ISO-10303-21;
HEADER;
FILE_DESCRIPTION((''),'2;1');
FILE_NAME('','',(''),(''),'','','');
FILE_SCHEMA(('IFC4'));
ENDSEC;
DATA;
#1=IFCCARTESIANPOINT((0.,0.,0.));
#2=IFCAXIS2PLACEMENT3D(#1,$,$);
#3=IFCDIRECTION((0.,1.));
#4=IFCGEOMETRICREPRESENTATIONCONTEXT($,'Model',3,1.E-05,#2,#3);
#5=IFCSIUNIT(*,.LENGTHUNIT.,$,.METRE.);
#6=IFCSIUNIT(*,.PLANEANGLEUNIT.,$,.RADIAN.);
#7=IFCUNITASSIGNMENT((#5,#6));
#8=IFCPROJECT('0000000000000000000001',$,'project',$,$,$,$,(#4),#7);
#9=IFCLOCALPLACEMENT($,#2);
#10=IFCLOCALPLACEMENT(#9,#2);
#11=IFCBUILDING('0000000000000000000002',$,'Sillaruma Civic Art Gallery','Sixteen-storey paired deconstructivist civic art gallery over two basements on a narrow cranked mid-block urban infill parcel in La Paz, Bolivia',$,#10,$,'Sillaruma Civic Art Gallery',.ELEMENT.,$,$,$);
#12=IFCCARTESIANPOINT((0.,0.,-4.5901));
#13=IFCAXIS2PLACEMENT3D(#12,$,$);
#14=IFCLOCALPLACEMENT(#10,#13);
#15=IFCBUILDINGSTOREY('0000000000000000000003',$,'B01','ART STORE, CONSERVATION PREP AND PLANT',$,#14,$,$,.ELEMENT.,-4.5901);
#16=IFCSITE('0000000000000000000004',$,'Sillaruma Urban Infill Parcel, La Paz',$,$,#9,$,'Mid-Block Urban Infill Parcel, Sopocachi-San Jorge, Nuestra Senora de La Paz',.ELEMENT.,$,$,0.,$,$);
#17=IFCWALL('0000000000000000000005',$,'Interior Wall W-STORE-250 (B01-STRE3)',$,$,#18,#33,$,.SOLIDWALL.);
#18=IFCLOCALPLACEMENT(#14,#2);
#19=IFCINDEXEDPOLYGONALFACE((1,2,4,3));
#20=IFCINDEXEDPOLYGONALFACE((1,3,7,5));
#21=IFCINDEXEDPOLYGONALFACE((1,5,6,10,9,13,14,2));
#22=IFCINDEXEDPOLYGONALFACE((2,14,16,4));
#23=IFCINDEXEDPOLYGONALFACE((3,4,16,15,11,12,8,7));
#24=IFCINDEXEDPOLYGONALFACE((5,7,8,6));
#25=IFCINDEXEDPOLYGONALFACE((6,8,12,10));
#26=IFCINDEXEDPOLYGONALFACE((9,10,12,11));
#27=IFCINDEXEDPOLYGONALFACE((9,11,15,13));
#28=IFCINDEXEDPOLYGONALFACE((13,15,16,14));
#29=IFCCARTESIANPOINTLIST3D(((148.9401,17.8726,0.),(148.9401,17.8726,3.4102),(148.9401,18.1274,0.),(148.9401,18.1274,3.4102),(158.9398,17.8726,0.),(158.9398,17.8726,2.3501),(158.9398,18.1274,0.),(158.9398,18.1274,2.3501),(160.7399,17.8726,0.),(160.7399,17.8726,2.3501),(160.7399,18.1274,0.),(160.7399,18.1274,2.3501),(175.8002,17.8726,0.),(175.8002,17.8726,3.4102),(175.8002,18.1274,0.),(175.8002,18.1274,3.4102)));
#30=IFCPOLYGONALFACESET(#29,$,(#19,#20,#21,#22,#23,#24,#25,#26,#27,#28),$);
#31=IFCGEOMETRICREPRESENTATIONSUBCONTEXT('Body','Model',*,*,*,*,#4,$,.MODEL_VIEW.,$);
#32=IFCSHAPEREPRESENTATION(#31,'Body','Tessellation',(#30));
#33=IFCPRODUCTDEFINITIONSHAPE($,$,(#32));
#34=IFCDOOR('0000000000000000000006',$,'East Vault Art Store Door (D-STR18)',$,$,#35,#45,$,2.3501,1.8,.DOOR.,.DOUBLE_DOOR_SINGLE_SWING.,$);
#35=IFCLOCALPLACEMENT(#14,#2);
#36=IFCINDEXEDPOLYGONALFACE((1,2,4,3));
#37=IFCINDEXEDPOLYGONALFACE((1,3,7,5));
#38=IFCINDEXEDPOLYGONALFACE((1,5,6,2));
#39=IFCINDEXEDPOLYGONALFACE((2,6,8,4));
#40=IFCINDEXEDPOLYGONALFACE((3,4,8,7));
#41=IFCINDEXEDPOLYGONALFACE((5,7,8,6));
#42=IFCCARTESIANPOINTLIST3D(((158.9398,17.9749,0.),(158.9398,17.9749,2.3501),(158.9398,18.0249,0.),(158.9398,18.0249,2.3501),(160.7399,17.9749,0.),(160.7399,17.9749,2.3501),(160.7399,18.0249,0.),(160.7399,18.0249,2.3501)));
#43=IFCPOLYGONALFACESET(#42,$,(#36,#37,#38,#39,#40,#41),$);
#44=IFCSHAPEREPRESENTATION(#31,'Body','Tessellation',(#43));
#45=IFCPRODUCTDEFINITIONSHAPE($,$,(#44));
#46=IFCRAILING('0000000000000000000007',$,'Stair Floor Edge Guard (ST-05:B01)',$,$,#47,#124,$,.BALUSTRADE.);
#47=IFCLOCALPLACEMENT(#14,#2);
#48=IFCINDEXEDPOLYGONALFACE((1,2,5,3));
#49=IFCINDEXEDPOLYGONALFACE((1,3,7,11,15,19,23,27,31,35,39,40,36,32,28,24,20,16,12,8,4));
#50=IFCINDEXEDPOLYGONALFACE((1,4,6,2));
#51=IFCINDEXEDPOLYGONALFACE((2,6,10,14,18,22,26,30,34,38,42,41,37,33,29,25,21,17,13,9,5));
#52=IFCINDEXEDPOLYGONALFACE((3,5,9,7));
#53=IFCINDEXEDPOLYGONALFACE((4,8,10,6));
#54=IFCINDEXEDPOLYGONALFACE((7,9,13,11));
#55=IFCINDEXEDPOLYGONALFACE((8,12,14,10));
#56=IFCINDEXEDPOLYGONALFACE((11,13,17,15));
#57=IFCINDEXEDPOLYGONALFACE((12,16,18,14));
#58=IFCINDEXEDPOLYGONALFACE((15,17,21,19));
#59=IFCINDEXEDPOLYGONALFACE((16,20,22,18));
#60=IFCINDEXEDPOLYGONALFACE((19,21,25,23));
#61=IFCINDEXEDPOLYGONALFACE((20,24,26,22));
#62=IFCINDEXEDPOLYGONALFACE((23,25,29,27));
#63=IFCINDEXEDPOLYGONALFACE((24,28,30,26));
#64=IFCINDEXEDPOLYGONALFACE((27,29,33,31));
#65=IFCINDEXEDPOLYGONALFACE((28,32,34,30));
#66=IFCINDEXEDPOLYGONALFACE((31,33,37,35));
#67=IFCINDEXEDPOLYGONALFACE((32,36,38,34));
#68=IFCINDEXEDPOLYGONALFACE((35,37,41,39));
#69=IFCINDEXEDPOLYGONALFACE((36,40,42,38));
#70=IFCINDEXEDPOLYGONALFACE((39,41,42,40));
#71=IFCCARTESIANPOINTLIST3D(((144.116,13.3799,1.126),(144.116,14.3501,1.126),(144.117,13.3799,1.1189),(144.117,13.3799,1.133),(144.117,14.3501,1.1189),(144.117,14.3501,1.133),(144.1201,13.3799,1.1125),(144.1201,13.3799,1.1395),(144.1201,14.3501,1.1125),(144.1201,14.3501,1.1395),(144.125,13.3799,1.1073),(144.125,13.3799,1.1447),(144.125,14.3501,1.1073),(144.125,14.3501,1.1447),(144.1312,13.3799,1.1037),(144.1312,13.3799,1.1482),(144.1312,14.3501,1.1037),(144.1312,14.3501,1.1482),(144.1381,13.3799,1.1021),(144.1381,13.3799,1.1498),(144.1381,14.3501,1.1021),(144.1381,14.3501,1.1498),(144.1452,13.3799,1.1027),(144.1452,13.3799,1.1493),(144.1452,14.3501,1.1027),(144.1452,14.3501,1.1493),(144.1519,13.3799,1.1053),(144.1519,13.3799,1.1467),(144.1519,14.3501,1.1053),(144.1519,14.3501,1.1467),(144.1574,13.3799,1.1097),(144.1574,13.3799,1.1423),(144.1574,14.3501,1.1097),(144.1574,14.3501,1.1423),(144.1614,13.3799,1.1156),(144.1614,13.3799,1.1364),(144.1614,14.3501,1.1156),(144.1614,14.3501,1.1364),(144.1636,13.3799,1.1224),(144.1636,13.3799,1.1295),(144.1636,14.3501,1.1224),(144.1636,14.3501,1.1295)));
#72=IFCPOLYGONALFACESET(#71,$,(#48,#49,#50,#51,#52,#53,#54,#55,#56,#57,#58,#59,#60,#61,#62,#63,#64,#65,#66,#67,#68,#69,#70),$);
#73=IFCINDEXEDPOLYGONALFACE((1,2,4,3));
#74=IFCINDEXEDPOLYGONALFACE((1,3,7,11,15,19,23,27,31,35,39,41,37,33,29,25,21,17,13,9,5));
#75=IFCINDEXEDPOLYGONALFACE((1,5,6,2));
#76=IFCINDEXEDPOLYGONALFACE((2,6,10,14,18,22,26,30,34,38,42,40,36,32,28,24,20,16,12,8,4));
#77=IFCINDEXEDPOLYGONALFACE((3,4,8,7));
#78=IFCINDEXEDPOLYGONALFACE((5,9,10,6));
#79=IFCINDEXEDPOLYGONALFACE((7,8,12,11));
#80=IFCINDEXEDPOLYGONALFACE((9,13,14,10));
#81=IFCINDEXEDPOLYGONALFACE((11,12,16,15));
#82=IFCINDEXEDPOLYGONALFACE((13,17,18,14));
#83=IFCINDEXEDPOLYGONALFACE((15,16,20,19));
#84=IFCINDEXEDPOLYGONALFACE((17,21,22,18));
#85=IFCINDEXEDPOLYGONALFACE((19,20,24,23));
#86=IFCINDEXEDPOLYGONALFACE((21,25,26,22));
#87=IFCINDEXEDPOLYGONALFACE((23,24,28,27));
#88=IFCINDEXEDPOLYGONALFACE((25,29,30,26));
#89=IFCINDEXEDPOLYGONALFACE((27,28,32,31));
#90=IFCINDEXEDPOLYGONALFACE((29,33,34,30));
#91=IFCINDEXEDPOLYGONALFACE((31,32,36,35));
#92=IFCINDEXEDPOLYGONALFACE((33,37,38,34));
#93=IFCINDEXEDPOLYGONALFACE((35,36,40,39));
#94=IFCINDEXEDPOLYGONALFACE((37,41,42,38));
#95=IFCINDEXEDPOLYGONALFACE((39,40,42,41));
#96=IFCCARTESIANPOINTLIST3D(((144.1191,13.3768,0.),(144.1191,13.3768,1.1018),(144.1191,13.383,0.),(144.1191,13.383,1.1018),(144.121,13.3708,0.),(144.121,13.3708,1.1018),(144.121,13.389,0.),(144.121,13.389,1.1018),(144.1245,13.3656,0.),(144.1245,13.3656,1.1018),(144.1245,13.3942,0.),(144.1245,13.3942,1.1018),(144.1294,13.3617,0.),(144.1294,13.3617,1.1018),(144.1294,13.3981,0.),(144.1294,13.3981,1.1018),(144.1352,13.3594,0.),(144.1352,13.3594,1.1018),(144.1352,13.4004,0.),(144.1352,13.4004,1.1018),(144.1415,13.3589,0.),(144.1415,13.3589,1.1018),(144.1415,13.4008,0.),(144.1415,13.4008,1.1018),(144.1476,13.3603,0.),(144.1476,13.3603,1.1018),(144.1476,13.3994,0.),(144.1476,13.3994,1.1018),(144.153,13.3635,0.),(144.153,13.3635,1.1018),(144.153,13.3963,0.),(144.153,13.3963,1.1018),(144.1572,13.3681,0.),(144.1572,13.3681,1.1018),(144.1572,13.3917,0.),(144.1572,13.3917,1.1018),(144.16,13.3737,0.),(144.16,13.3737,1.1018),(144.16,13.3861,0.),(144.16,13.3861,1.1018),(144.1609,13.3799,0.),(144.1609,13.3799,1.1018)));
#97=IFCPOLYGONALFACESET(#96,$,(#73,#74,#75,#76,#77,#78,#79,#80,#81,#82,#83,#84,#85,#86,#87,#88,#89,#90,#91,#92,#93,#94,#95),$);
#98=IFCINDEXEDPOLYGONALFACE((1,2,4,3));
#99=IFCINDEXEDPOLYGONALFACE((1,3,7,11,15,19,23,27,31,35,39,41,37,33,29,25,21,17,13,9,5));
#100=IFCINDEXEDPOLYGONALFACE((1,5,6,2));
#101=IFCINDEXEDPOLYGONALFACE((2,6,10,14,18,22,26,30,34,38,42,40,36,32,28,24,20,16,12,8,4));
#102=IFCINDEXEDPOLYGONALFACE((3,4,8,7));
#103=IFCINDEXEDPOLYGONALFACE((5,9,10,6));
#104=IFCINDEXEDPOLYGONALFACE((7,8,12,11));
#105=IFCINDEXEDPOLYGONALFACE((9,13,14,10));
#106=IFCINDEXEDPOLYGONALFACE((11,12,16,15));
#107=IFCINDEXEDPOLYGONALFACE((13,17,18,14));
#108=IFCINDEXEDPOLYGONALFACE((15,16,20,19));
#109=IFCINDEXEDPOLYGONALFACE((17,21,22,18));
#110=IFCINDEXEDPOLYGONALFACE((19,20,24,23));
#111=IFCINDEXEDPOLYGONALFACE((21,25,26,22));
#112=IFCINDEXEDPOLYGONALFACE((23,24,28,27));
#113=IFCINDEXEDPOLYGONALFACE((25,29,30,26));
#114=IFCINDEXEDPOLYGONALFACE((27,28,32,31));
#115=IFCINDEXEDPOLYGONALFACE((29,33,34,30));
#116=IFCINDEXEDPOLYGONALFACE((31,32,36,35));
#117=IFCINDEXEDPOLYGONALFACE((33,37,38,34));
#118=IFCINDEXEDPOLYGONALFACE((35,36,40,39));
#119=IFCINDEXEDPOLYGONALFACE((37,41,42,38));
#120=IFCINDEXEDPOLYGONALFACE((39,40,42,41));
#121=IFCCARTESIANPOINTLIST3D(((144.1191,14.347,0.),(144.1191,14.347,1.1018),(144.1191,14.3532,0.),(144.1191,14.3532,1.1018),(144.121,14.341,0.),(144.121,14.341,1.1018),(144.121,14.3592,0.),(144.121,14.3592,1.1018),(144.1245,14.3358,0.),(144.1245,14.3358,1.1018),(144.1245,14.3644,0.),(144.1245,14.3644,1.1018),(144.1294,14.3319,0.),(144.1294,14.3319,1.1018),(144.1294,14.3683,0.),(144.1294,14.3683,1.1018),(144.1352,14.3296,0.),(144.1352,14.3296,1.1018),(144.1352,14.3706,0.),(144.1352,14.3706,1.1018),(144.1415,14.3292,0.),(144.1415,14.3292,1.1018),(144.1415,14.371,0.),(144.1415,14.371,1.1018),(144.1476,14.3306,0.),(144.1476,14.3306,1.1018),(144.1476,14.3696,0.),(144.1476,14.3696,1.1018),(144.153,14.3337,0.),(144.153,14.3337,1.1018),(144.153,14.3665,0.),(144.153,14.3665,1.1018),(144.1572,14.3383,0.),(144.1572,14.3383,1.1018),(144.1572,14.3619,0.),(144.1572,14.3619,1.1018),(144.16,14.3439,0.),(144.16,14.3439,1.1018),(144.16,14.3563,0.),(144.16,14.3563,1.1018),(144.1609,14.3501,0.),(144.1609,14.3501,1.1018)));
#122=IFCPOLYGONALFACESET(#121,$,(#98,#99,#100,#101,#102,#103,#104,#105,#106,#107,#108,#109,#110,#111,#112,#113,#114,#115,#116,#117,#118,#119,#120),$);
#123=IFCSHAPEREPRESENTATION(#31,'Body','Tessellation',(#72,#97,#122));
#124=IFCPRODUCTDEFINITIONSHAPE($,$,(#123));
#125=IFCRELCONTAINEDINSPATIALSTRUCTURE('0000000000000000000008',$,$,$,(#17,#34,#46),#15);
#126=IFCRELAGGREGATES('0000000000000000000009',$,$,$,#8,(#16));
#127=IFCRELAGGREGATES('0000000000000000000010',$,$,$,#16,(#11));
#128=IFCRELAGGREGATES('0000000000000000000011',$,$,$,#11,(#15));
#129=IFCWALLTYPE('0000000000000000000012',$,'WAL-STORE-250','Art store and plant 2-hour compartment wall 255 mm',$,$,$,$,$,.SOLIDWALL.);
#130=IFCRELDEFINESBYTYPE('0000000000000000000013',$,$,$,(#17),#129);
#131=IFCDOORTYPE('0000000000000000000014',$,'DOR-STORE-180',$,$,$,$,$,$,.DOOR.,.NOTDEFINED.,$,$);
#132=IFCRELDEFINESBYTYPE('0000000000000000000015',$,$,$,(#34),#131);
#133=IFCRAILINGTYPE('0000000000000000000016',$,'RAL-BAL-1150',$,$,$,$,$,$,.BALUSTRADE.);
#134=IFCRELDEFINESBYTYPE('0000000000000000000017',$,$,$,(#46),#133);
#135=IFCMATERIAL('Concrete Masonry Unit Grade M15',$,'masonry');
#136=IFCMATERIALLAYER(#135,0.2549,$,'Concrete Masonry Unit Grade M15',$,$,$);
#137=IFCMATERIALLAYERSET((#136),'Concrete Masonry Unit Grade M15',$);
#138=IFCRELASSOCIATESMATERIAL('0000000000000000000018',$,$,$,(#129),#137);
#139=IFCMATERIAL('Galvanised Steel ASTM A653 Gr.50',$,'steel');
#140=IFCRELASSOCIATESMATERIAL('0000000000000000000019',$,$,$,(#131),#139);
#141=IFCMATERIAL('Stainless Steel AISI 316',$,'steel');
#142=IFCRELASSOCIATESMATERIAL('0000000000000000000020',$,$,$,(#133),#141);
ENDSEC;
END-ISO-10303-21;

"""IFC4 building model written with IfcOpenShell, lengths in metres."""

from ifc_helpers import new_model, si_unit, direction, frame, frame_2d, origin, origin_2d, place, context, subcontext, project, spatial, rectangle, circle, extrude, material, layer, layer_set, type_object, element, fill, save


model = new_model("IFC4")

# Units and contexts
model_context = context("Model", 3, precision=1e-05, world=origin(), true_north=direction((0.0, 1.0)))
body_context = subcontext(model_context, "Body", "Model", "MODEL_VIEW")
ifc_project = project(units=[si_unit("LENGTHUNIT", "METRE"), si_unit("PLANEANGLEUNIT", "RADIAN")], contexts=[model_context])

# Site, building, storey
site_placement = place(None, origin())
site = spatial("IfcSite", under=ifc_project, at=site_placement, Name="Sillaruma Urban Infill Parcel, La Paz", LongName="Mid-Block Urban Infill Parcel, Sopocachi-San Jorge, Nuestra Senora de La Paz", CompositionType="ELEMENT", RefElevation=0.0)
building_placement = place(site_placement, origin())
building = spatial("IfcBuilding", under=site, at=building_placement, Name="Sillaruma Civic Art Gallery", Description="Sixteen-storey paired deconstructivist civic art gallery over two basements on a narrow cranked mid-block urban infill parcel in La Paz, Bolivia", LongName="Sillaruma Civic Art Gallery", CompositionType="ELEMENT")
storey_placement = place(building_placement, frame((0.0, 0.0, -4.5901)))
storey = spatial("IfcBuildingStorey", under=building, at=storey_placement, Name="B01", Description="ART STORE, CONSERVATION PREP AND PLANT", CompositionType="ELEMENT", Elevation=-4.5901)

# Wall, opening, door
ifc_material_1 = material(Name="Concrete Masonry Unit Grade M15", Category="masonry")
ifc_layer_1 = layer(ifc_material_1, 0.2549, Name="Concrete Masonry Unit Grade M15")
ifc_layer_set_1 = layer_set([ifc_layer_1], Name="Concrete Masonry Unit Grade M15")
wall_type_1 = type_object("IfcWallType", Name="WAL-STORE-250", Description="Art store and plant 2-hour compartment wall 255 mm", PredefinedType="SOLIDWALL", material=ifc_layer_set_1)
wall_1_placement = place(storey_placement, frame((148.9399, 18.0, 0.0), z_axis=(0.0, 0.0, 1.0), x_axis=(1.0, 0.0, 0.0)))
wall_1 = element("IfcWall", 1, at=wall_1_placement, inside=storey, type_object=wall_type_1, Name="Interior Wall W-STORE-250 (B01-STRE3)", PredefinedType="SOLIDWALL", context=body_context, shape_type="SweptSolid", body=[
    extrude(rectangle(XDim=26.8601, YDim=0.2549, at=frame_2d((13.4302, 0.0))), origin(), (0.0, 0.0, 1.0), 3.4102),
])
opening_placement = place(wall_1_placement, frame((10.0, 0.0, 0.0)))
opening = element("IfcOpeningElement", 2, at=opening_placement, cuts=wall_1, PredefinedType="OPENING", context=body_context, shape_type="SweptSolid", body=[
    extrude(rectangle(XDim=1.8, YDim=2.3501, at=frame_2d((0.8999, 1.175))), frame((0.0, 0.1375, 0.0), z_axis=(0.0, -1.0, 0.0), x_axis=(1.0, 0.0, 0.0)), (0.0, 0.0, 1.0), 0.2749),
])
ifc_material_2 = material(Name="Galvanised Steel ASTM A653 Gr.50", Category="steel")
door_type = type_object("IfcDoorType", Name="DOR-STORE-180", OperationType="NOTDEFINED", PredefinedType="DOOR", material=ifc_material_2)
door_placement = place(opening_placement, origin())
door = element("IfcDoor", 3, at=door_placement, inside=storey, type_object=door_type, Name="East Vault Art Store Door (D-STR18)", OperationType="DOUBLE_DOOR_SINGLE_SWING", OverallHeight=2.3501, OverallWidth=1.8, PredefinedType="DOOR", context=body_context, shape_type="SweptSolid", body=[
    extrude(rectangle(XDim=1.8, YDim=2.3501, at=frame_2d((0.8999, 1.175))), frame((0.0, 0.0249, 0.0), z_axis=(0.0, -1.0, 0.0), x_axis=(1.0, 0.0, 0.0)), (0.0, 0.0, 1.0), 0.05),
])
fill(opening, door)

# Railing
ifc_material_3 = material(Name="Stainless Steel AISI 316", Category="steel")
railing_type_1 = type_object("IfcRailingType", Name="RAL-BAL-1150", PredefinedType="BALUSTRADE", material=ifc_material_3)
railing_1_placement = place(storey_placement, frame((144.1399, 13.3799, 0.0)))
element("IfcRailing", 4, at=railing_1_placement, inside=storey, type_object=railing_type_1, Name="Stair Floor Edge Guard (ST-05:B01)", PredefinedType="BALUSTRADE", context=body_context, shape_type="SweptSolid", body=[
    extrude(circle(Radius=0.0239, at=origin_2d()), frame((0.0, 0.0, 1.126), z_axis=(0.0, 1.0, 0.0), x_axis=(-1.0, 0.0, 0.0)), (0.0, 0.0, 1.0), 0.9702),
    extrude(circle(Radius=0.021, at=origin_2d()), origin(), (0.0, 0.0, 1.0), 1.1018),
    extrude(circle(Radius=0.021, at=origin_2d()), frame((0.0, 0.9702, 0.0)), (0.0, 0.0, 1.0), 1.1018),
])

save(model, "model.ifc")
